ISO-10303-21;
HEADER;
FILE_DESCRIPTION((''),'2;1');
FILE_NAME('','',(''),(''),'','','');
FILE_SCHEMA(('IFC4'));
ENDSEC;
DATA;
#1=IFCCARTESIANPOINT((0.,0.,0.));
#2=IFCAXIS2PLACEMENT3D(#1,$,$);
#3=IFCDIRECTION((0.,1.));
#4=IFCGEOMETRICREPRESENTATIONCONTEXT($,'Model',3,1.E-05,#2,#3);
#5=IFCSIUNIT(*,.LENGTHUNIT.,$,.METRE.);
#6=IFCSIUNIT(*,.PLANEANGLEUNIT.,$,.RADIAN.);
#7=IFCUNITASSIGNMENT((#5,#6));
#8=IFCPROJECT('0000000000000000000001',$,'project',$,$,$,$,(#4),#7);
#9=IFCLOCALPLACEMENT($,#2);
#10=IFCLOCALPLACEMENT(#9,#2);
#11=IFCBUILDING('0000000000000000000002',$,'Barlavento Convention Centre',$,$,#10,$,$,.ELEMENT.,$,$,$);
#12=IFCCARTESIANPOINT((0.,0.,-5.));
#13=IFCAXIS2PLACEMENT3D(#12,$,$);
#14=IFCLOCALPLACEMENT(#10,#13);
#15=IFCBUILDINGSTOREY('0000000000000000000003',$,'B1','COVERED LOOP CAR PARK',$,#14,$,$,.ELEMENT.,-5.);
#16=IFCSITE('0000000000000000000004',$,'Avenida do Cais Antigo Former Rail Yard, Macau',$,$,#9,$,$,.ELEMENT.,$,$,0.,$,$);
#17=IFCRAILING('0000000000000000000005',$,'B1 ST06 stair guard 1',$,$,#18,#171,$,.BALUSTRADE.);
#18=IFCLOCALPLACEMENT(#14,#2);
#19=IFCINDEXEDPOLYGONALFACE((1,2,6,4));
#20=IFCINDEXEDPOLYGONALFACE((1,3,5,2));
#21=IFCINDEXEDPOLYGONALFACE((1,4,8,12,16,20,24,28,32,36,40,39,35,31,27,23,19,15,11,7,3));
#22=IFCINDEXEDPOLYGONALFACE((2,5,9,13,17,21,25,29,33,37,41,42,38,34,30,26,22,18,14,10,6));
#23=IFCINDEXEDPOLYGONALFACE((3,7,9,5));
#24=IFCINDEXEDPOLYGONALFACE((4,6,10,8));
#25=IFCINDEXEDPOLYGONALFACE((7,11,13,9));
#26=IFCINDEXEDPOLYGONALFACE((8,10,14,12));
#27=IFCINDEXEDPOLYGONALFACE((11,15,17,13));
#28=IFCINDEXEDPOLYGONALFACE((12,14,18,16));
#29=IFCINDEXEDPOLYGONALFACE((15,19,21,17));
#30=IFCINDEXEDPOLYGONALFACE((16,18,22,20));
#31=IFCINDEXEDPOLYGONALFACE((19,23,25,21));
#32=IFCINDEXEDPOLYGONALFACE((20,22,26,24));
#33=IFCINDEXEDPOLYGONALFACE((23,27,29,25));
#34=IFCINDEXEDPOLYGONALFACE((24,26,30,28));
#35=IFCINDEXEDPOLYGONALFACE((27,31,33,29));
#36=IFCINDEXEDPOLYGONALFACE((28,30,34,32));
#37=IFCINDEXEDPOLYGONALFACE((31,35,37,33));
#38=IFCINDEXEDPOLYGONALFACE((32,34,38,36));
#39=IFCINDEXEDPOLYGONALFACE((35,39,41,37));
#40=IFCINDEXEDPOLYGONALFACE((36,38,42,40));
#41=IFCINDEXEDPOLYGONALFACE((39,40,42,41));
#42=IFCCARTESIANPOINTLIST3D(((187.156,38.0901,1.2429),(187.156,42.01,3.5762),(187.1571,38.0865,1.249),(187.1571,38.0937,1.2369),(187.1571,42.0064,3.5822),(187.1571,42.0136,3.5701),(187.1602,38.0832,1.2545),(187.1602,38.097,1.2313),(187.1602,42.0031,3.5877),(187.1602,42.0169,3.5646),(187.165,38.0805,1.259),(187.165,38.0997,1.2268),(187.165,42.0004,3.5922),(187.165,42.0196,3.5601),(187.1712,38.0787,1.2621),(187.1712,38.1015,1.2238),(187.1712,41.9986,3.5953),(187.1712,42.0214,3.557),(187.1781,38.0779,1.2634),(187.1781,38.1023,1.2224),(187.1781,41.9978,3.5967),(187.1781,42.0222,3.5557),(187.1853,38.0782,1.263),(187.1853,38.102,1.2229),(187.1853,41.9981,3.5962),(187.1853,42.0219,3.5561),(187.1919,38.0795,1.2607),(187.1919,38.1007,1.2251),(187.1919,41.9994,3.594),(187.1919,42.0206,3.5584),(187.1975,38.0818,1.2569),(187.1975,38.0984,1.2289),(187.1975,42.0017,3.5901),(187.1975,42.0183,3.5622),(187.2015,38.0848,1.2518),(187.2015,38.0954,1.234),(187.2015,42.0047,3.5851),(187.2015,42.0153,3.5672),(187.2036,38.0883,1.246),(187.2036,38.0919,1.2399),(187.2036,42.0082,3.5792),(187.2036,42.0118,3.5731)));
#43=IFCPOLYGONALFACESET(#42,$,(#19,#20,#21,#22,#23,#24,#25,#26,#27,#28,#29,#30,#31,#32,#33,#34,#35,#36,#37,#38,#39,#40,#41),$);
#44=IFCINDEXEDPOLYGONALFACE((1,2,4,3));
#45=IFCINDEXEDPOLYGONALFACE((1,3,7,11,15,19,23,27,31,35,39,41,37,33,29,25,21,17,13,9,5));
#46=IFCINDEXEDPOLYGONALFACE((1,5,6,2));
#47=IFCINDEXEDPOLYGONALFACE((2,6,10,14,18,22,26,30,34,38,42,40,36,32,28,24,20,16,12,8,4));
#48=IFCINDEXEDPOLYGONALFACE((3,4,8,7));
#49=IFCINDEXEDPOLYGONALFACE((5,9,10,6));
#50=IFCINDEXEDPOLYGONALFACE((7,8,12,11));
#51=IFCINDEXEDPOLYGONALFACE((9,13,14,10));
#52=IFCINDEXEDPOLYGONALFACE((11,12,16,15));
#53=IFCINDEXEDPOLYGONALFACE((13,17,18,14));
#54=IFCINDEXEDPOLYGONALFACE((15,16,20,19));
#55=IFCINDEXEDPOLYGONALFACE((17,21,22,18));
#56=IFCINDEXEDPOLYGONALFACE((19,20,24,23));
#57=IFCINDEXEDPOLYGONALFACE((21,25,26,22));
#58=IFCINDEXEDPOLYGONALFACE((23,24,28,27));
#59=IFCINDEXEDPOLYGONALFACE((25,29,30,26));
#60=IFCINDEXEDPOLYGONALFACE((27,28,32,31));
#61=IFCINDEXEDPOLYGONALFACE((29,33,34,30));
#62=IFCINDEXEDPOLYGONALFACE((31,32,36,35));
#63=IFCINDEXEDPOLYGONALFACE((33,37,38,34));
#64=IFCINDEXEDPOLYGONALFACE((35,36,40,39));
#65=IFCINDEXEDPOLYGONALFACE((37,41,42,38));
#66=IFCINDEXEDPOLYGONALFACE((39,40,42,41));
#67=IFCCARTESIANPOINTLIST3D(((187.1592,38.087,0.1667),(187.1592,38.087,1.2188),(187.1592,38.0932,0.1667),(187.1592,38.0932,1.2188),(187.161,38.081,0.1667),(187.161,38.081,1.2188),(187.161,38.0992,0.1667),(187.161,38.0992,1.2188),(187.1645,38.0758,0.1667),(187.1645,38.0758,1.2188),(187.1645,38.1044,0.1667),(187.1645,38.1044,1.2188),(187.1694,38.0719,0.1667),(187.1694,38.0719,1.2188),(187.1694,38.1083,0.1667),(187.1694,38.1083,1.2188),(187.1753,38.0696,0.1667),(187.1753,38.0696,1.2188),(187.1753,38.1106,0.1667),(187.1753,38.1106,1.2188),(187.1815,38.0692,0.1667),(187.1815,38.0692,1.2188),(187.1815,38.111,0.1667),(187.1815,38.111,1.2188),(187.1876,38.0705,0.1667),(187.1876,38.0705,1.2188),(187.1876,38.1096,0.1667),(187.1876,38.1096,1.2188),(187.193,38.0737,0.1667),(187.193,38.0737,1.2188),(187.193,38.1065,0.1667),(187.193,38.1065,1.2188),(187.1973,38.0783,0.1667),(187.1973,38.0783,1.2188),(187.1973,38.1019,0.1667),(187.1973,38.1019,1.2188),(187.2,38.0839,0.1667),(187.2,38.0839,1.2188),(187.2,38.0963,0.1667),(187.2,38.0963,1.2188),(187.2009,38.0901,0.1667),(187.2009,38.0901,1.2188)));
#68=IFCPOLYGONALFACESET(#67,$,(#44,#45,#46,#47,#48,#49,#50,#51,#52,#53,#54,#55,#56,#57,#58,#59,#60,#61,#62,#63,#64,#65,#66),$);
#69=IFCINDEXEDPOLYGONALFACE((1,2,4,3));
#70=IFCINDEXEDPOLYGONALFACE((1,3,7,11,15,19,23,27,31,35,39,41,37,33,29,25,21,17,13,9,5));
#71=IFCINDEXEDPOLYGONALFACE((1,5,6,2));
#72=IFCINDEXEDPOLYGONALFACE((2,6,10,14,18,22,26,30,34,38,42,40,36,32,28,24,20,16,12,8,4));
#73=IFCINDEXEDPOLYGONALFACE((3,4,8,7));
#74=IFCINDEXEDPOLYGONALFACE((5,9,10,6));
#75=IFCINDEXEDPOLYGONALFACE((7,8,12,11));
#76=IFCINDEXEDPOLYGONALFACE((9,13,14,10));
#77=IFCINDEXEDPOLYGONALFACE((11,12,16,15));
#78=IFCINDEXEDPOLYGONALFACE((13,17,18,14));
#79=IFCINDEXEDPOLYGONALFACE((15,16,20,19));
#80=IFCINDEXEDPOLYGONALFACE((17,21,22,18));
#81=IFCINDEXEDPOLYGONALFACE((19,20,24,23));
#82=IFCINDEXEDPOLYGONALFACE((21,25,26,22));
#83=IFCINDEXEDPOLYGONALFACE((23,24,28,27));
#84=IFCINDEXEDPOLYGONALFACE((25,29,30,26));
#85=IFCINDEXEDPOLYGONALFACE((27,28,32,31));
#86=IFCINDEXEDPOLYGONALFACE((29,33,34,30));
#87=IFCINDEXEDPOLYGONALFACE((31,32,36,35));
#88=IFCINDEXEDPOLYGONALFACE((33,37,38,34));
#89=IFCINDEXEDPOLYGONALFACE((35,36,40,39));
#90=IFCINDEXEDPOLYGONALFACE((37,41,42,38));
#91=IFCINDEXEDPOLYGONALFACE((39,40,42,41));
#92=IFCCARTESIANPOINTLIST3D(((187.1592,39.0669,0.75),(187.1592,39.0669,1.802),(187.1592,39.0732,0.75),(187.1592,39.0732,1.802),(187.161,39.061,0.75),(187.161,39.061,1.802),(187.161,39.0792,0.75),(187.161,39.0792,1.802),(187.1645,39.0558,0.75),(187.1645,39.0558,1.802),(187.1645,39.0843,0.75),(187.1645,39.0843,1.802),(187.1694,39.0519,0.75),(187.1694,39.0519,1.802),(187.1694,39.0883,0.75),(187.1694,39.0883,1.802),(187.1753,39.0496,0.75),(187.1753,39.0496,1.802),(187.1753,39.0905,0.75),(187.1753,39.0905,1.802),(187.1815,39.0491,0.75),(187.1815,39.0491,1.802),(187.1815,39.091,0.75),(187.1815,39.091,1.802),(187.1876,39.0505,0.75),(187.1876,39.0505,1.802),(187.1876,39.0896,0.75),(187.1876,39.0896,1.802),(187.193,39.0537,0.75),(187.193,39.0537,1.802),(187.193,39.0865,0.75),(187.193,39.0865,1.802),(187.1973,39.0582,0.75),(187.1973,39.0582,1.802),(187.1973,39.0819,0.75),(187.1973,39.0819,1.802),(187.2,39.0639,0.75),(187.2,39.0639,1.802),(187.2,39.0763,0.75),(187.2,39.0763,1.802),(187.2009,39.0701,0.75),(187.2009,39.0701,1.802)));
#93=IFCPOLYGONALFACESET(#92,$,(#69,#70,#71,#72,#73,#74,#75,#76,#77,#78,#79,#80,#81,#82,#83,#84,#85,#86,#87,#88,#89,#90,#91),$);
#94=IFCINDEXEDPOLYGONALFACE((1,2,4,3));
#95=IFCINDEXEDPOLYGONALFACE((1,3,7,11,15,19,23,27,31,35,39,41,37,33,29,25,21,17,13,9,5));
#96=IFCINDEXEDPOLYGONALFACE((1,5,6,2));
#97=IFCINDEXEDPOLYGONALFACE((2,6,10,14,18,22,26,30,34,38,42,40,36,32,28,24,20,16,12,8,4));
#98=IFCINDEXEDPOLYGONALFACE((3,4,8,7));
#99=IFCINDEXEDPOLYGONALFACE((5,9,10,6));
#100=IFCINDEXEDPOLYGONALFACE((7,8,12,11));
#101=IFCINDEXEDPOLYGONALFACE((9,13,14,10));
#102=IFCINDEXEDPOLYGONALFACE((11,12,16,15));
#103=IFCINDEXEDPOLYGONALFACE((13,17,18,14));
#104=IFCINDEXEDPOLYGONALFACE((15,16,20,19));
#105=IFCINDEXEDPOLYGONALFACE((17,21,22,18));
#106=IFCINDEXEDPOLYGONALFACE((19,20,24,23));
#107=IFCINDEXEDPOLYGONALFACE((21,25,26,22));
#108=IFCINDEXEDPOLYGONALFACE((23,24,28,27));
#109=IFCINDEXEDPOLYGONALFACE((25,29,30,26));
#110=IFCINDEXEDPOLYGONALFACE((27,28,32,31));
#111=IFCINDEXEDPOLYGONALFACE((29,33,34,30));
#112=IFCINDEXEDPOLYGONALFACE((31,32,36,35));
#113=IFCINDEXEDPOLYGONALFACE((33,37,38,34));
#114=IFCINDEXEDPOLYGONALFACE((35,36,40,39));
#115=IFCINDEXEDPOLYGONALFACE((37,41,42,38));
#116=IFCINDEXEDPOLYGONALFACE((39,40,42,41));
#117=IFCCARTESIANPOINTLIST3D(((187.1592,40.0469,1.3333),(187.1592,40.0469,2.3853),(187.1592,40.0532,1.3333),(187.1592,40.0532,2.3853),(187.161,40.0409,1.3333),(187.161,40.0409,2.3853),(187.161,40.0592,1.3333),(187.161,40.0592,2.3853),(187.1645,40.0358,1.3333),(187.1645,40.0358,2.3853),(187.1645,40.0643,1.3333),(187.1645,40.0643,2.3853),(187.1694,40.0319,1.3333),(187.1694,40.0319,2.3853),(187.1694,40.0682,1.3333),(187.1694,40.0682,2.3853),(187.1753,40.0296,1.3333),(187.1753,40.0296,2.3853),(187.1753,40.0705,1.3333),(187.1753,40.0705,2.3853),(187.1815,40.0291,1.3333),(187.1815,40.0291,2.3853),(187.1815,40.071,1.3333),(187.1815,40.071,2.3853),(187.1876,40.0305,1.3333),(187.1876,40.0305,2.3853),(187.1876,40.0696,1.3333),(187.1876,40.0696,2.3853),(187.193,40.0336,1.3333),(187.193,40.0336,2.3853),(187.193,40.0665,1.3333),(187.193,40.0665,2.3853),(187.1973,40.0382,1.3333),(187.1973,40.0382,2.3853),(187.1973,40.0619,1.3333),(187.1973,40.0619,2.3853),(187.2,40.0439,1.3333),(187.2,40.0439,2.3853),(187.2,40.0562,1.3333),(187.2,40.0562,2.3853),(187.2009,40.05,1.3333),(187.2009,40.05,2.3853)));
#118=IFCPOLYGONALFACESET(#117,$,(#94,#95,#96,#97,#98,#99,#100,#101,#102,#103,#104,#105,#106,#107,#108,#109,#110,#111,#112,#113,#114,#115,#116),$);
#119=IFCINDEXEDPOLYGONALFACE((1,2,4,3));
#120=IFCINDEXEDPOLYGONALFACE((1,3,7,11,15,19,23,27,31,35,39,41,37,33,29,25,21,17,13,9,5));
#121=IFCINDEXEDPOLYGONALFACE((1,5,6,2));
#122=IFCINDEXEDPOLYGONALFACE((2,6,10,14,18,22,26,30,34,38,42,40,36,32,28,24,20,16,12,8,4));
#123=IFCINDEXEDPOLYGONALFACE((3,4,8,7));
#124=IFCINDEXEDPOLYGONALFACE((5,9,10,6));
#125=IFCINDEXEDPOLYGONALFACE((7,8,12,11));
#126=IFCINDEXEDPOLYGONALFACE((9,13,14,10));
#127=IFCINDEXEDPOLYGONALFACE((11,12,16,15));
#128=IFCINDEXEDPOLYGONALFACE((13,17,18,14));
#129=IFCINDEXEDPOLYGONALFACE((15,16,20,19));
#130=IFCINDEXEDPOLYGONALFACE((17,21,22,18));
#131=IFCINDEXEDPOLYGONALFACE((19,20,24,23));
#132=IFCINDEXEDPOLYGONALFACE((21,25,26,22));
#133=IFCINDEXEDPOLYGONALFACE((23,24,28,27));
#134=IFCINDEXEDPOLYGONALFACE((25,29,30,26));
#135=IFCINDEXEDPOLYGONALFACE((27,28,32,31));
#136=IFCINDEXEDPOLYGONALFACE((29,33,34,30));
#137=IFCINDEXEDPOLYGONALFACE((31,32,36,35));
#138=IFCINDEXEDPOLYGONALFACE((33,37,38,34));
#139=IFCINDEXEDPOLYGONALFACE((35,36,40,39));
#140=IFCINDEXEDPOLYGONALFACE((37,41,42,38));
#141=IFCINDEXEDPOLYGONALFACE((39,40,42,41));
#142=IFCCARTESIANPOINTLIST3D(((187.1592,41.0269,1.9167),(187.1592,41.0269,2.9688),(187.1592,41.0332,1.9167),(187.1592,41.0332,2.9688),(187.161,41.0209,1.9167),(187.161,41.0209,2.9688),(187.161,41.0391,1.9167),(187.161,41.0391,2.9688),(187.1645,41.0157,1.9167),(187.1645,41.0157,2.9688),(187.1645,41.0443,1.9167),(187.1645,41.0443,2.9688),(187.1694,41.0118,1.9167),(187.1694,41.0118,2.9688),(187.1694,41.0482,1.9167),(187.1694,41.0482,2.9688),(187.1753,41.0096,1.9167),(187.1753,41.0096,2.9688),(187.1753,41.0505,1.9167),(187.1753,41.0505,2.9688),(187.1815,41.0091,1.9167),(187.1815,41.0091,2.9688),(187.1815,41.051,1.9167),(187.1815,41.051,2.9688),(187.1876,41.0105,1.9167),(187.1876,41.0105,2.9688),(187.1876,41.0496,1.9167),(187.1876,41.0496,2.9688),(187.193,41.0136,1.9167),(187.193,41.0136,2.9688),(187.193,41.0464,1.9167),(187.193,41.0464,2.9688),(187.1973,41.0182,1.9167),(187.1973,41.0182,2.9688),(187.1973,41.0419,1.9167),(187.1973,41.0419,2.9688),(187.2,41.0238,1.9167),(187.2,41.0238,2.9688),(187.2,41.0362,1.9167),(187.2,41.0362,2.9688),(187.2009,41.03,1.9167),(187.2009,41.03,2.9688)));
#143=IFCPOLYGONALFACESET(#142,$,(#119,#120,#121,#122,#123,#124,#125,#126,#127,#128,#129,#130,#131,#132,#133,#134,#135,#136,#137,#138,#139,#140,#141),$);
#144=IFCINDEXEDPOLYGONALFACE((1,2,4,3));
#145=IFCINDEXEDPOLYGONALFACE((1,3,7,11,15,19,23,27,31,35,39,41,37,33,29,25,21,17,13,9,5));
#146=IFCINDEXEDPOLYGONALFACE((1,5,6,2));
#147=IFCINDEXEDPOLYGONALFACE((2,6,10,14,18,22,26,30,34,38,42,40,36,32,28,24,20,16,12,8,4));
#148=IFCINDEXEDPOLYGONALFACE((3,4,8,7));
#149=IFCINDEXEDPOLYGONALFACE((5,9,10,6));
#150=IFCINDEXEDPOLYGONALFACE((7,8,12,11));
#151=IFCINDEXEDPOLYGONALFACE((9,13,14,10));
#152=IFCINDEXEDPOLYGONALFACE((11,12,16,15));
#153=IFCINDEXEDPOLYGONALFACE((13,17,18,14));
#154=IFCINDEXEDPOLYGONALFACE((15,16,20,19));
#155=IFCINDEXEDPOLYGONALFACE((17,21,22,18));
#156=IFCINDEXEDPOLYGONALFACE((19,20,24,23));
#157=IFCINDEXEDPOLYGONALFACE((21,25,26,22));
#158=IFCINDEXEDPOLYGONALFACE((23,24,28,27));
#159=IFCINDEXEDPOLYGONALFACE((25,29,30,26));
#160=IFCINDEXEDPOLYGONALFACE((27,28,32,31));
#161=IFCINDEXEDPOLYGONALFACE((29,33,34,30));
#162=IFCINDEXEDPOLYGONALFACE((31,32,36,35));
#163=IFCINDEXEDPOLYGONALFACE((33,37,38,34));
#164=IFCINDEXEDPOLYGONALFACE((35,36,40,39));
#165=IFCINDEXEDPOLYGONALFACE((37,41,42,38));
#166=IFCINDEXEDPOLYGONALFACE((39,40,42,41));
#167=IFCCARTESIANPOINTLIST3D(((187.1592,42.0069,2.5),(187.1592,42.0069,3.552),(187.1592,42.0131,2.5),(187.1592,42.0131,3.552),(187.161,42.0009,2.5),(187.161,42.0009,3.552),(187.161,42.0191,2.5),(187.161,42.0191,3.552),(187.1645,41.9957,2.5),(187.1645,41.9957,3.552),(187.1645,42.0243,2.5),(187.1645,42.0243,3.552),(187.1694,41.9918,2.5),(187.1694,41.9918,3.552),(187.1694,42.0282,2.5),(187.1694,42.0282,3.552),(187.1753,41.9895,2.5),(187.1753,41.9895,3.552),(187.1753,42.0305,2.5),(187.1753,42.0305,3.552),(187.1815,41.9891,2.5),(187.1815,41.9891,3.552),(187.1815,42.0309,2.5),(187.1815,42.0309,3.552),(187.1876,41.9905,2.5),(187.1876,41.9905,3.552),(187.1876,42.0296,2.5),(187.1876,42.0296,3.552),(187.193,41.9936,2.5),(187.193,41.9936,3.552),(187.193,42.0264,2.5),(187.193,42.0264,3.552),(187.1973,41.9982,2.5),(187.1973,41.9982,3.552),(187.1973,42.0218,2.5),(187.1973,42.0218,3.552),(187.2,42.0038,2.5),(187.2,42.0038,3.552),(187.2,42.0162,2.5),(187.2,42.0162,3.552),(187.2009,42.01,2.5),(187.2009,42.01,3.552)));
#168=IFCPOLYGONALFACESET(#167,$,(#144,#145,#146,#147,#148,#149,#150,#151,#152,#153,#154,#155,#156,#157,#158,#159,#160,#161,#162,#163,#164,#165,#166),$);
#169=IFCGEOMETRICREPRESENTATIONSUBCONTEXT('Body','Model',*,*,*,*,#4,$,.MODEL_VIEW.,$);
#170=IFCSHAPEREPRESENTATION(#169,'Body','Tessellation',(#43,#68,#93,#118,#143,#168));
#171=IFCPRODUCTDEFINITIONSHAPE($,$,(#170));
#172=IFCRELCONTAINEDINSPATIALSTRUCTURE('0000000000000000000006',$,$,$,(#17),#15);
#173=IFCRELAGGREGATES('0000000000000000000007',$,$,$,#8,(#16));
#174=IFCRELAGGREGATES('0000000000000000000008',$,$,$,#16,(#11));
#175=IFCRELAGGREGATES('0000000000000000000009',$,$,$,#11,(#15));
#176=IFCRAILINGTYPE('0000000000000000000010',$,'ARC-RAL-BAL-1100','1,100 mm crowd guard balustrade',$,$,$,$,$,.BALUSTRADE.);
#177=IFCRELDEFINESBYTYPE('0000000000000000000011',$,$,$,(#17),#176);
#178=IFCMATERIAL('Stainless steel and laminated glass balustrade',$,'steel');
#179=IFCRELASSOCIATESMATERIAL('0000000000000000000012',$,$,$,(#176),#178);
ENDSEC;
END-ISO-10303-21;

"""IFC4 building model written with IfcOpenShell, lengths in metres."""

from ifc_helpers import new_model, si_unit, direction, frame, origin, origin_2d, place, context, subcontext, project, spatial, circle, extrude, material, type_object, element, save


model = new_model("IFC4")

# Units and contexts
model_context = context("Model", 3, precision=1e-05, world=origin(), true_north=direction((0.0, 1.0)))
body_context = subcontext(model_context, "Body", "Model", "MODEL_VIEW")
ifc_project = project(units=[si_unit("LENGTHUNIT", "METRE"), si_unit("PLANEANGLEUNIT", "RADIAN")], contexts=[model_context])

# Site, building, storey
site_placement = place(None, origin())
site = spatial("IfcSite", under=ifc_project, at=site_placement, Name="Avenida do Cais Antigo Former Rail Yard, Macau", CompositionType="ELEMENT", RefElevation=0.0)
building_placement = place(site_placement, origin())
building = spatial("IfcBuilding", under=site, at=building_placement, Name="Barlavento Convention Centre", CompositionType="ELEMENT")
storey_placement = place(building_placement, frame((0.0, 0.0, -5.0)))
storey = spatial("IfcBuildingStorey", under=building, at=storey_placement, Name="B1", Description="COVERED LOOP CAR PARK", CompositionType="ELEMENT", Elevation=-5.0)

# Railing
ifc_material_1 = material(Name="Stainless steel and laminated glass balustrade", Category="steel")
railing_type_1 = type_object("IfcRailingType", Name="ARC-RAL-BAL-1100", Description="1,100 mm crowd guard balustrade", PredefinedType="BALUSTRADE", material=ifc_material_1)
railing_1_placement = place(storey_placement, frame((187.1799, 38.0901, 0.1667)))
element("IfcRailing", 1, at=railing_1_placement, inside=storey, type_object=railing_type_1, Name="B1 ST06 stair guard 1", PredefinedType="BALUSTRADE", context=body_context, shape_type="SweptSolid", body=[
    extrude(circle(Radius=0.0239, at=origin_2d()), frame((0.0, 0.0, 1.0762), z_axis=(0.0, 0.859296, 0.511478), x_axis=(-1.0, 0.0, 0.0)), (0.0, 0.0, 1.0), 4.5618),
    extrude(circle(Radius=0.021, at=origin_2d()), origin(), (0.0, 0.0, 1.0), 1.052),
    extrude(circle(Radius=0.021, at=origin_2d()), frame((0.0, 0.98, 0.5833)), (0.0, 0.0, 1.0), 1.052),
    extrude(circle(Radius=0.021, at=origin_2d()), frame((0.0, 1.96, 1.1665)), (0.0, 0.0, 1.0), 1.052),
    extrude(circle(Radius=0.021, at=origin_2d()), frame((0.0, 2.9399, 1.75)), (0.0, 0.0, 1.0), 1.052),
    extrude(circle(Radius=0.021, at=origin_2d()), frame((0.0, 3.9199, 2.3333)), (0.0, 0.0, 1.0), 1.052),
])

save(model, "model.ifc")
